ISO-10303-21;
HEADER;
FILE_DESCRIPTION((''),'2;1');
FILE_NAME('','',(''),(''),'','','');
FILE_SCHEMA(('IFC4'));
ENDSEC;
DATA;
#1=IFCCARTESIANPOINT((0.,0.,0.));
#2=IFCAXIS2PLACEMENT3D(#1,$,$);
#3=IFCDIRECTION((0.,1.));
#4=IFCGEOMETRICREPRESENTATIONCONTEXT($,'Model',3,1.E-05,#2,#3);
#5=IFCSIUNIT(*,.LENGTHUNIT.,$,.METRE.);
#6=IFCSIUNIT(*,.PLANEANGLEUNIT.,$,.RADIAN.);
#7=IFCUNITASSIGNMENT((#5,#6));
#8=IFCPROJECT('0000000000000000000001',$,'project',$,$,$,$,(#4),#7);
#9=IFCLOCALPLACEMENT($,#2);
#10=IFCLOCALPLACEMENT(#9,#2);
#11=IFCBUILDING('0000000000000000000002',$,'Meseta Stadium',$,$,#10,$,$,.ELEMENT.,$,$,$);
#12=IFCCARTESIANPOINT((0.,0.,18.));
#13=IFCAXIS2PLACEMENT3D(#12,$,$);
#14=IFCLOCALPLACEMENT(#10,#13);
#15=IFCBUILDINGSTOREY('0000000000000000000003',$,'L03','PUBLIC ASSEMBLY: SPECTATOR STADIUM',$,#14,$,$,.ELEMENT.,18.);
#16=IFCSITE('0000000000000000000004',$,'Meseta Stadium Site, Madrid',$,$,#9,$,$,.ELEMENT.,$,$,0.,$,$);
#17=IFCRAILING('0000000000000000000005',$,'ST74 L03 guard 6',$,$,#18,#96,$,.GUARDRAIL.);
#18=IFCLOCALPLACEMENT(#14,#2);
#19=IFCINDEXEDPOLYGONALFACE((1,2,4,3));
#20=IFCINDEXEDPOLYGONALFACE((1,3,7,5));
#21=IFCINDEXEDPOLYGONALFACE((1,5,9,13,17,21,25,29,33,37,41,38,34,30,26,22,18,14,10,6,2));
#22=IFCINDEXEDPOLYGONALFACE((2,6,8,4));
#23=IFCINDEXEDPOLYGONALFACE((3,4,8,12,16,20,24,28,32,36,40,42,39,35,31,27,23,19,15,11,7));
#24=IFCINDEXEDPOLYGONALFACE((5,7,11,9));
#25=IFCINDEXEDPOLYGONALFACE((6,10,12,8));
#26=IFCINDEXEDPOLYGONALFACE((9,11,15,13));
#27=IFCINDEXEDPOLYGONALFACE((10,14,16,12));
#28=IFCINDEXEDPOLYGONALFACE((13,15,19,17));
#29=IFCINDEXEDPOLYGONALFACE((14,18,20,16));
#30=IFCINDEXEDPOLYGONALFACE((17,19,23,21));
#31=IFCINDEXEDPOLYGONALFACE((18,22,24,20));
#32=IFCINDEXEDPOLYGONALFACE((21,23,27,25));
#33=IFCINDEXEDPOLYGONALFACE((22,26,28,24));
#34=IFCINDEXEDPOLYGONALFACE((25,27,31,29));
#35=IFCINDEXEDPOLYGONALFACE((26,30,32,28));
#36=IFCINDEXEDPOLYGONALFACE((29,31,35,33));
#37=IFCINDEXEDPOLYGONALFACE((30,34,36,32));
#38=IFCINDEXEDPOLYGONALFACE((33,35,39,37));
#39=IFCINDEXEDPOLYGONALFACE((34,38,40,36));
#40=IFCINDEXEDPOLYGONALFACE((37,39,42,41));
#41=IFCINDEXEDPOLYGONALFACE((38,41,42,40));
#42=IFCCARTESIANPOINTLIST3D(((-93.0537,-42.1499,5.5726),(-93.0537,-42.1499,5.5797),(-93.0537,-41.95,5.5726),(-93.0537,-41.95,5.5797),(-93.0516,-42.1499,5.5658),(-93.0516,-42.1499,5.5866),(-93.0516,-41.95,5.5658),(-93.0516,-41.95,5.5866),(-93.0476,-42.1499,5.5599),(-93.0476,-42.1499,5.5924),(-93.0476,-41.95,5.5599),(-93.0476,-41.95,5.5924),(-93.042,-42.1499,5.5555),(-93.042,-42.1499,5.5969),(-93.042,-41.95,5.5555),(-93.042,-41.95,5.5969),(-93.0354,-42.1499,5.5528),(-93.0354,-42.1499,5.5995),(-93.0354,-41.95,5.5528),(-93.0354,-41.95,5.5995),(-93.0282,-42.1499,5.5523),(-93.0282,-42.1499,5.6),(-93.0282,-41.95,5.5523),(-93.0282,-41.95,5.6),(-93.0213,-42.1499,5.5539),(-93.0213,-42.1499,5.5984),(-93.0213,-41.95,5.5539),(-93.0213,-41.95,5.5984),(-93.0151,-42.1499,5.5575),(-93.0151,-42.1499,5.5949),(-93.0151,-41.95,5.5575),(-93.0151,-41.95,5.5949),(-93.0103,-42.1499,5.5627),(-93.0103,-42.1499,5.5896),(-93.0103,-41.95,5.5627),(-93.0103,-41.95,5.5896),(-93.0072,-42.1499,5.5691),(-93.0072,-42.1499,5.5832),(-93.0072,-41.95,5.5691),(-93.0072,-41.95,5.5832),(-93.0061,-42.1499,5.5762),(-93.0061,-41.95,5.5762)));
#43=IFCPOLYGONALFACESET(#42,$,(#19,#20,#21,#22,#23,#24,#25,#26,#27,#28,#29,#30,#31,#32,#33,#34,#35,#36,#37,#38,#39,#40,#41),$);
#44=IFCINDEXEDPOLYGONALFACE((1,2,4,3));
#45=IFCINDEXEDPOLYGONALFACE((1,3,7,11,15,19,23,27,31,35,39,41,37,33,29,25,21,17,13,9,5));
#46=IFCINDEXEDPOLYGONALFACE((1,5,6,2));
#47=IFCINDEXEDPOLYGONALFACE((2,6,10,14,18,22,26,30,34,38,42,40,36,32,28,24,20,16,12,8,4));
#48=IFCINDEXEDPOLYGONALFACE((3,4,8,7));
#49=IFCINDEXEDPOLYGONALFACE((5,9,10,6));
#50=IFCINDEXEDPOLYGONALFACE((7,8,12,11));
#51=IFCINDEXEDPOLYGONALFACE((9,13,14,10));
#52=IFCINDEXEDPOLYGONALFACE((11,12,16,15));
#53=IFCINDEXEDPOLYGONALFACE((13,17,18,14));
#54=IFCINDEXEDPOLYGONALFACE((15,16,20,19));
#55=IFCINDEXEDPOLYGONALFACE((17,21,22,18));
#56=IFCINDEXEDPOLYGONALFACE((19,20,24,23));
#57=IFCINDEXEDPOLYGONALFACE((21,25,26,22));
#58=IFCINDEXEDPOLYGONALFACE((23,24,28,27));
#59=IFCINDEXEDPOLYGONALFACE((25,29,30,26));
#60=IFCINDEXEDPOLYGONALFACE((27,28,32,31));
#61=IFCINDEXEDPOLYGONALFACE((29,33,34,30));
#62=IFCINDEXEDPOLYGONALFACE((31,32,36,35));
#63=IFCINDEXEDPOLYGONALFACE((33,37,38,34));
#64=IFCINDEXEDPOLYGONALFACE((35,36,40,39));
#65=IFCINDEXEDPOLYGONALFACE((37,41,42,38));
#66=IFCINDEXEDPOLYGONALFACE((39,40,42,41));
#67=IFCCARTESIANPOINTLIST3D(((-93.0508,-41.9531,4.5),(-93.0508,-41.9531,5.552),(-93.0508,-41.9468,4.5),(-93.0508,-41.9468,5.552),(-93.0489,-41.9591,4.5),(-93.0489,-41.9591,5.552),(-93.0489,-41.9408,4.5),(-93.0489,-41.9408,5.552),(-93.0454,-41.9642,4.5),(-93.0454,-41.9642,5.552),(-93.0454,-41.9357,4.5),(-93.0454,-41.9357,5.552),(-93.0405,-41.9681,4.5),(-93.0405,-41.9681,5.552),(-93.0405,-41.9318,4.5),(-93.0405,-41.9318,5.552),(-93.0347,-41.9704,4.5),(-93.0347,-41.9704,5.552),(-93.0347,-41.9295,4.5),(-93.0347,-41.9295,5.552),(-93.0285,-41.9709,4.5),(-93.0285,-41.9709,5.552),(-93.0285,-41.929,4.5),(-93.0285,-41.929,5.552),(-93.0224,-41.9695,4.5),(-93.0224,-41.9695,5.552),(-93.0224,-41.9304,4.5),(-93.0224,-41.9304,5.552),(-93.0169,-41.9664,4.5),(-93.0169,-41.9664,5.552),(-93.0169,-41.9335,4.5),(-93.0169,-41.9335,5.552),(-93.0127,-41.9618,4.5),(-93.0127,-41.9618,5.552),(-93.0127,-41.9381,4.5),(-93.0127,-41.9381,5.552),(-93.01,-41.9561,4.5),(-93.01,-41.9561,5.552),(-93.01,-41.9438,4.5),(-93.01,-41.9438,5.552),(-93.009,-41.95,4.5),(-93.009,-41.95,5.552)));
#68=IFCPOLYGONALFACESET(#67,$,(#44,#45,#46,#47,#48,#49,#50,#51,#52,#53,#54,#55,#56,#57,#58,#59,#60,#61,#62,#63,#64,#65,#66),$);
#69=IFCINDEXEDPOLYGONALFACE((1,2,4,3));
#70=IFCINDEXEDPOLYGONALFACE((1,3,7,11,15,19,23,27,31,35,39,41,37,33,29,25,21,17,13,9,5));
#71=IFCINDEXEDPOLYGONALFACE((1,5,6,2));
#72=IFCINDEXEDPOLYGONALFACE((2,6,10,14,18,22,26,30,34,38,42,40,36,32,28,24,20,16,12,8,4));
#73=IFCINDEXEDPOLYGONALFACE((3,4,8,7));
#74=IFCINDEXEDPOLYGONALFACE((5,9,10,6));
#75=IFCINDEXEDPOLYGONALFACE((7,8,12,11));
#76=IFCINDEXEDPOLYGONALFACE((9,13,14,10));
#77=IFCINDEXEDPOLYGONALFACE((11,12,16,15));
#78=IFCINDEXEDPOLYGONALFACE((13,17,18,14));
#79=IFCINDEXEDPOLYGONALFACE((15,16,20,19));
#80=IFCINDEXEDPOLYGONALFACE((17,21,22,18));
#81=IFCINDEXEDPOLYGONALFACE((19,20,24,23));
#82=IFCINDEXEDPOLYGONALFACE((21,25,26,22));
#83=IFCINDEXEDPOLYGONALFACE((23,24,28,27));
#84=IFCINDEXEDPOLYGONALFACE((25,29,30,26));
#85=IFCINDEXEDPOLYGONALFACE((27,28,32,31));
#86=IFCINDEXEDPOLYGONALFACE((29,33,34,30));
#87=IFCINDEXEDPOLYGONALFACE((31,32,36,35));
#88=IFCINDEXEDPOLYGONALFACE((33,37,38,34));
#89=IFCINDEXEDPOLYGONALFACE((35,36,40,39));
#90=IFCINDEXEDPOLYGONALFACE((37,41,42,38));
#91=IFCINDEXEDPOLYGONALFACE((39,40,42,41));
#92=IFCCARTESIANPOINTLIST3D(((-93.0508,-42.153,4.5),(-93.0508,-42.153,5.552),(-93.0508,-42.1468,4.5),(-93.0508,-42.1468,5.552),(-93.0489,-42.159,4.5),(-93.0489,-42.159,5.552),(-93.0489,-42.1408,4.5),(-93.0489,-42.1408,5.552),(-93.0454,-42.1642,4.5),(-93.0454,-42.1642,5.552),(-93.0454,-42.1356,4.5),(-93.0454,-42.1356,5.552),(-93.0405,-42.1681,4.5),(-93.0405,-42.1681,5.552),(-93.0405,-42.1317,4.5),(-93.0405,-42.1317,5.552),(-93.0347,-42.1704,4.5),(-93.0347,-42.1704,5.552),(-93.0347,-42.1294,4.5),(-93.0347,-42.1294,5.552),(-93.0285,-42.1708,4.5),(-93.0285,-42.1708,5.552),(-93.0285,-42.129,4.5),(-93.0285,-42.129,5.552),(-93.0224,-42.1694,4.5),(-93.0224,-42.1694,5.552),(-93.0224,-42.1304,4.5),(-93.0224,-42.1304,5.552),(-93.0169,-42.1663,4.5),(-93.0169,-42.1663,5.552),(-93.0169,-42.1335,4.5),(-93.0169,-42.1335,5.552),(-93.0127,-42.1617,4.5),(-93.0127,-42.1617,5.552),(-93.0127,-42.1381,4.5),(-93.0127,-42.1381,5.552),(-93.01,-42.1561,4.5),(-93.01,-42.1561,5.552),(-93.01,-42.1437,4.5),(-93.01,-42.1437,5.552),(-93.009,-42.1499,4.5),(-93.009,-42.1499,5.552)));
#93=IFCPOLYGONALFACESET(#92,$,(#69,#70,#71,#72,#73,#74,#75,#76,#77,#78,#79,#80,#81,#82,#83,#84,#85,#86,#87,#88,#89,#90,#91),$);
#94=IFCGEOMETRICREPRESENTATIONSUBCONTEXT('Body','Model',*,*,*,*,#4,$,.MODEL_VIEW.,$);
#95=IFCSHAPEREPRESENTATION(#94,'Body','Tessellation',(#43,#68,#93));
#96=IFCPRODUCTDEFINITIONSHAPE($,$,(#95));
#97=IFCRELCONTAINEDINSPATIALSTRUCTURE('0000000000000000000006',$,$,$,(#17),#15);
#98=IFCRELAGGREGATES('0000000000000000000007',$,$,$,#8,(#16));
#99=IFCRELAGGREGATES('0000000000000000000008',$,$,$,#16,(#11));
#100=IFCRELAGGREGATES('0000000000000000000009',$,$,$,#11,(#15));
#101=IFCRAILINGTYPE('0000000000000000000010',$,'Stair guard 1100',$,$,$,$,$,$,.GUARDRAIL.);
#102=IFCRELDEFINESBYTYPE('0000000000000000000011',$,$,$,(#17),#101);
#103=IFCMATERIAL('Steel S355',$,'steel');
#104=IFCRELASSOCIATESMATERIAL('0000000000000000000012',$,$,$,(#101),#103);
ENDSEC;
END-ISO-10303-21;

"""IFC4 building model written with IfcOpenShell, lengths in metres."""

from ifc_helpers import new_model, si_unit, direction, frame, origin, origin_2d, place, context, subcontext, project, spatial, circle, extrude, material, type_object, element, save


model = new_model("IFC4")

# Units and contexts
model_context = context("Model", 3, precision=1e-05, world=origin(), true_north=direction((0.0, 1.0)))
body_context = subcontext(model_context, "Body", "Model", "MODEL_VIEW")
ifc_project = project(units=[si_unit("LENGTHUNIT", "METRE"), si_unit("PLANEANGLEUNIT", "RADIAN")], contexts=[model_context])

# Site, building, storey
site_placement = place(None, origin())
site = spatial("IfcSite", under=ifc_project, at=site_placement, Name="Meseta Stadium Site, Madrid", CompositionType="ELEMENT", RefElevation=0.0)
building_placement = place(site_placement, origin())
building = spatial("IfcBuilding", under=site, at=building_placement, Name="Meseta Stadium", CompositionType="ELEMENT")
storey_placement = place(building_placement, frame((0.0, 0.0, 18.0)))
storey = spatial("IfcBuildingStorey", under=building, at=storey_placement, Name="L03", Description="PUBLIC ASSEMBLY: SPECTATOR STADIUM", CompositionType="ELEMENT", Elevation=18.0)

# Railing
ifc_material_1 = material(Name="Steel S355", Category="steel")
railing_type_1 = type_object("IfcRailingType", Name="Stair guard 1100", PredefinedType="GUARDRAIL", material=ifc_material_1)
railing_1_placement = place(storey_placement, frame((-93.03, -41.95, 4.5)))
element("IfcRailing", 1, at=railing_1_placement, inside=storey, type_object=railing_type_1, Name="ST74 L03 guard 6", PredefinedType="GUARDRAIL", context=body_context, shape_type="SweptSolid", body=[
    extrude(circle(Radius=0.0239, at=origin_2d()), frame((0.0, 0.0, 1.0762), z_axis=(0.0, -1.0, 0.0), x_axis=(1.0, 0.0, 0.0)), (0.0, 0.0, 1.0), 0.2),
    extrude(circle(Radius=0.021, at=origin_2d()), origin(), (0.0, 0.0, 1.0), 1.052),
    extrude(circle(Radius=0.021, at=origin_2d()), frame((0.0, -0.2, 0.0)), (0.0, 0.0, 1.0), 1.052),
])

save(model, "model.ifc")
